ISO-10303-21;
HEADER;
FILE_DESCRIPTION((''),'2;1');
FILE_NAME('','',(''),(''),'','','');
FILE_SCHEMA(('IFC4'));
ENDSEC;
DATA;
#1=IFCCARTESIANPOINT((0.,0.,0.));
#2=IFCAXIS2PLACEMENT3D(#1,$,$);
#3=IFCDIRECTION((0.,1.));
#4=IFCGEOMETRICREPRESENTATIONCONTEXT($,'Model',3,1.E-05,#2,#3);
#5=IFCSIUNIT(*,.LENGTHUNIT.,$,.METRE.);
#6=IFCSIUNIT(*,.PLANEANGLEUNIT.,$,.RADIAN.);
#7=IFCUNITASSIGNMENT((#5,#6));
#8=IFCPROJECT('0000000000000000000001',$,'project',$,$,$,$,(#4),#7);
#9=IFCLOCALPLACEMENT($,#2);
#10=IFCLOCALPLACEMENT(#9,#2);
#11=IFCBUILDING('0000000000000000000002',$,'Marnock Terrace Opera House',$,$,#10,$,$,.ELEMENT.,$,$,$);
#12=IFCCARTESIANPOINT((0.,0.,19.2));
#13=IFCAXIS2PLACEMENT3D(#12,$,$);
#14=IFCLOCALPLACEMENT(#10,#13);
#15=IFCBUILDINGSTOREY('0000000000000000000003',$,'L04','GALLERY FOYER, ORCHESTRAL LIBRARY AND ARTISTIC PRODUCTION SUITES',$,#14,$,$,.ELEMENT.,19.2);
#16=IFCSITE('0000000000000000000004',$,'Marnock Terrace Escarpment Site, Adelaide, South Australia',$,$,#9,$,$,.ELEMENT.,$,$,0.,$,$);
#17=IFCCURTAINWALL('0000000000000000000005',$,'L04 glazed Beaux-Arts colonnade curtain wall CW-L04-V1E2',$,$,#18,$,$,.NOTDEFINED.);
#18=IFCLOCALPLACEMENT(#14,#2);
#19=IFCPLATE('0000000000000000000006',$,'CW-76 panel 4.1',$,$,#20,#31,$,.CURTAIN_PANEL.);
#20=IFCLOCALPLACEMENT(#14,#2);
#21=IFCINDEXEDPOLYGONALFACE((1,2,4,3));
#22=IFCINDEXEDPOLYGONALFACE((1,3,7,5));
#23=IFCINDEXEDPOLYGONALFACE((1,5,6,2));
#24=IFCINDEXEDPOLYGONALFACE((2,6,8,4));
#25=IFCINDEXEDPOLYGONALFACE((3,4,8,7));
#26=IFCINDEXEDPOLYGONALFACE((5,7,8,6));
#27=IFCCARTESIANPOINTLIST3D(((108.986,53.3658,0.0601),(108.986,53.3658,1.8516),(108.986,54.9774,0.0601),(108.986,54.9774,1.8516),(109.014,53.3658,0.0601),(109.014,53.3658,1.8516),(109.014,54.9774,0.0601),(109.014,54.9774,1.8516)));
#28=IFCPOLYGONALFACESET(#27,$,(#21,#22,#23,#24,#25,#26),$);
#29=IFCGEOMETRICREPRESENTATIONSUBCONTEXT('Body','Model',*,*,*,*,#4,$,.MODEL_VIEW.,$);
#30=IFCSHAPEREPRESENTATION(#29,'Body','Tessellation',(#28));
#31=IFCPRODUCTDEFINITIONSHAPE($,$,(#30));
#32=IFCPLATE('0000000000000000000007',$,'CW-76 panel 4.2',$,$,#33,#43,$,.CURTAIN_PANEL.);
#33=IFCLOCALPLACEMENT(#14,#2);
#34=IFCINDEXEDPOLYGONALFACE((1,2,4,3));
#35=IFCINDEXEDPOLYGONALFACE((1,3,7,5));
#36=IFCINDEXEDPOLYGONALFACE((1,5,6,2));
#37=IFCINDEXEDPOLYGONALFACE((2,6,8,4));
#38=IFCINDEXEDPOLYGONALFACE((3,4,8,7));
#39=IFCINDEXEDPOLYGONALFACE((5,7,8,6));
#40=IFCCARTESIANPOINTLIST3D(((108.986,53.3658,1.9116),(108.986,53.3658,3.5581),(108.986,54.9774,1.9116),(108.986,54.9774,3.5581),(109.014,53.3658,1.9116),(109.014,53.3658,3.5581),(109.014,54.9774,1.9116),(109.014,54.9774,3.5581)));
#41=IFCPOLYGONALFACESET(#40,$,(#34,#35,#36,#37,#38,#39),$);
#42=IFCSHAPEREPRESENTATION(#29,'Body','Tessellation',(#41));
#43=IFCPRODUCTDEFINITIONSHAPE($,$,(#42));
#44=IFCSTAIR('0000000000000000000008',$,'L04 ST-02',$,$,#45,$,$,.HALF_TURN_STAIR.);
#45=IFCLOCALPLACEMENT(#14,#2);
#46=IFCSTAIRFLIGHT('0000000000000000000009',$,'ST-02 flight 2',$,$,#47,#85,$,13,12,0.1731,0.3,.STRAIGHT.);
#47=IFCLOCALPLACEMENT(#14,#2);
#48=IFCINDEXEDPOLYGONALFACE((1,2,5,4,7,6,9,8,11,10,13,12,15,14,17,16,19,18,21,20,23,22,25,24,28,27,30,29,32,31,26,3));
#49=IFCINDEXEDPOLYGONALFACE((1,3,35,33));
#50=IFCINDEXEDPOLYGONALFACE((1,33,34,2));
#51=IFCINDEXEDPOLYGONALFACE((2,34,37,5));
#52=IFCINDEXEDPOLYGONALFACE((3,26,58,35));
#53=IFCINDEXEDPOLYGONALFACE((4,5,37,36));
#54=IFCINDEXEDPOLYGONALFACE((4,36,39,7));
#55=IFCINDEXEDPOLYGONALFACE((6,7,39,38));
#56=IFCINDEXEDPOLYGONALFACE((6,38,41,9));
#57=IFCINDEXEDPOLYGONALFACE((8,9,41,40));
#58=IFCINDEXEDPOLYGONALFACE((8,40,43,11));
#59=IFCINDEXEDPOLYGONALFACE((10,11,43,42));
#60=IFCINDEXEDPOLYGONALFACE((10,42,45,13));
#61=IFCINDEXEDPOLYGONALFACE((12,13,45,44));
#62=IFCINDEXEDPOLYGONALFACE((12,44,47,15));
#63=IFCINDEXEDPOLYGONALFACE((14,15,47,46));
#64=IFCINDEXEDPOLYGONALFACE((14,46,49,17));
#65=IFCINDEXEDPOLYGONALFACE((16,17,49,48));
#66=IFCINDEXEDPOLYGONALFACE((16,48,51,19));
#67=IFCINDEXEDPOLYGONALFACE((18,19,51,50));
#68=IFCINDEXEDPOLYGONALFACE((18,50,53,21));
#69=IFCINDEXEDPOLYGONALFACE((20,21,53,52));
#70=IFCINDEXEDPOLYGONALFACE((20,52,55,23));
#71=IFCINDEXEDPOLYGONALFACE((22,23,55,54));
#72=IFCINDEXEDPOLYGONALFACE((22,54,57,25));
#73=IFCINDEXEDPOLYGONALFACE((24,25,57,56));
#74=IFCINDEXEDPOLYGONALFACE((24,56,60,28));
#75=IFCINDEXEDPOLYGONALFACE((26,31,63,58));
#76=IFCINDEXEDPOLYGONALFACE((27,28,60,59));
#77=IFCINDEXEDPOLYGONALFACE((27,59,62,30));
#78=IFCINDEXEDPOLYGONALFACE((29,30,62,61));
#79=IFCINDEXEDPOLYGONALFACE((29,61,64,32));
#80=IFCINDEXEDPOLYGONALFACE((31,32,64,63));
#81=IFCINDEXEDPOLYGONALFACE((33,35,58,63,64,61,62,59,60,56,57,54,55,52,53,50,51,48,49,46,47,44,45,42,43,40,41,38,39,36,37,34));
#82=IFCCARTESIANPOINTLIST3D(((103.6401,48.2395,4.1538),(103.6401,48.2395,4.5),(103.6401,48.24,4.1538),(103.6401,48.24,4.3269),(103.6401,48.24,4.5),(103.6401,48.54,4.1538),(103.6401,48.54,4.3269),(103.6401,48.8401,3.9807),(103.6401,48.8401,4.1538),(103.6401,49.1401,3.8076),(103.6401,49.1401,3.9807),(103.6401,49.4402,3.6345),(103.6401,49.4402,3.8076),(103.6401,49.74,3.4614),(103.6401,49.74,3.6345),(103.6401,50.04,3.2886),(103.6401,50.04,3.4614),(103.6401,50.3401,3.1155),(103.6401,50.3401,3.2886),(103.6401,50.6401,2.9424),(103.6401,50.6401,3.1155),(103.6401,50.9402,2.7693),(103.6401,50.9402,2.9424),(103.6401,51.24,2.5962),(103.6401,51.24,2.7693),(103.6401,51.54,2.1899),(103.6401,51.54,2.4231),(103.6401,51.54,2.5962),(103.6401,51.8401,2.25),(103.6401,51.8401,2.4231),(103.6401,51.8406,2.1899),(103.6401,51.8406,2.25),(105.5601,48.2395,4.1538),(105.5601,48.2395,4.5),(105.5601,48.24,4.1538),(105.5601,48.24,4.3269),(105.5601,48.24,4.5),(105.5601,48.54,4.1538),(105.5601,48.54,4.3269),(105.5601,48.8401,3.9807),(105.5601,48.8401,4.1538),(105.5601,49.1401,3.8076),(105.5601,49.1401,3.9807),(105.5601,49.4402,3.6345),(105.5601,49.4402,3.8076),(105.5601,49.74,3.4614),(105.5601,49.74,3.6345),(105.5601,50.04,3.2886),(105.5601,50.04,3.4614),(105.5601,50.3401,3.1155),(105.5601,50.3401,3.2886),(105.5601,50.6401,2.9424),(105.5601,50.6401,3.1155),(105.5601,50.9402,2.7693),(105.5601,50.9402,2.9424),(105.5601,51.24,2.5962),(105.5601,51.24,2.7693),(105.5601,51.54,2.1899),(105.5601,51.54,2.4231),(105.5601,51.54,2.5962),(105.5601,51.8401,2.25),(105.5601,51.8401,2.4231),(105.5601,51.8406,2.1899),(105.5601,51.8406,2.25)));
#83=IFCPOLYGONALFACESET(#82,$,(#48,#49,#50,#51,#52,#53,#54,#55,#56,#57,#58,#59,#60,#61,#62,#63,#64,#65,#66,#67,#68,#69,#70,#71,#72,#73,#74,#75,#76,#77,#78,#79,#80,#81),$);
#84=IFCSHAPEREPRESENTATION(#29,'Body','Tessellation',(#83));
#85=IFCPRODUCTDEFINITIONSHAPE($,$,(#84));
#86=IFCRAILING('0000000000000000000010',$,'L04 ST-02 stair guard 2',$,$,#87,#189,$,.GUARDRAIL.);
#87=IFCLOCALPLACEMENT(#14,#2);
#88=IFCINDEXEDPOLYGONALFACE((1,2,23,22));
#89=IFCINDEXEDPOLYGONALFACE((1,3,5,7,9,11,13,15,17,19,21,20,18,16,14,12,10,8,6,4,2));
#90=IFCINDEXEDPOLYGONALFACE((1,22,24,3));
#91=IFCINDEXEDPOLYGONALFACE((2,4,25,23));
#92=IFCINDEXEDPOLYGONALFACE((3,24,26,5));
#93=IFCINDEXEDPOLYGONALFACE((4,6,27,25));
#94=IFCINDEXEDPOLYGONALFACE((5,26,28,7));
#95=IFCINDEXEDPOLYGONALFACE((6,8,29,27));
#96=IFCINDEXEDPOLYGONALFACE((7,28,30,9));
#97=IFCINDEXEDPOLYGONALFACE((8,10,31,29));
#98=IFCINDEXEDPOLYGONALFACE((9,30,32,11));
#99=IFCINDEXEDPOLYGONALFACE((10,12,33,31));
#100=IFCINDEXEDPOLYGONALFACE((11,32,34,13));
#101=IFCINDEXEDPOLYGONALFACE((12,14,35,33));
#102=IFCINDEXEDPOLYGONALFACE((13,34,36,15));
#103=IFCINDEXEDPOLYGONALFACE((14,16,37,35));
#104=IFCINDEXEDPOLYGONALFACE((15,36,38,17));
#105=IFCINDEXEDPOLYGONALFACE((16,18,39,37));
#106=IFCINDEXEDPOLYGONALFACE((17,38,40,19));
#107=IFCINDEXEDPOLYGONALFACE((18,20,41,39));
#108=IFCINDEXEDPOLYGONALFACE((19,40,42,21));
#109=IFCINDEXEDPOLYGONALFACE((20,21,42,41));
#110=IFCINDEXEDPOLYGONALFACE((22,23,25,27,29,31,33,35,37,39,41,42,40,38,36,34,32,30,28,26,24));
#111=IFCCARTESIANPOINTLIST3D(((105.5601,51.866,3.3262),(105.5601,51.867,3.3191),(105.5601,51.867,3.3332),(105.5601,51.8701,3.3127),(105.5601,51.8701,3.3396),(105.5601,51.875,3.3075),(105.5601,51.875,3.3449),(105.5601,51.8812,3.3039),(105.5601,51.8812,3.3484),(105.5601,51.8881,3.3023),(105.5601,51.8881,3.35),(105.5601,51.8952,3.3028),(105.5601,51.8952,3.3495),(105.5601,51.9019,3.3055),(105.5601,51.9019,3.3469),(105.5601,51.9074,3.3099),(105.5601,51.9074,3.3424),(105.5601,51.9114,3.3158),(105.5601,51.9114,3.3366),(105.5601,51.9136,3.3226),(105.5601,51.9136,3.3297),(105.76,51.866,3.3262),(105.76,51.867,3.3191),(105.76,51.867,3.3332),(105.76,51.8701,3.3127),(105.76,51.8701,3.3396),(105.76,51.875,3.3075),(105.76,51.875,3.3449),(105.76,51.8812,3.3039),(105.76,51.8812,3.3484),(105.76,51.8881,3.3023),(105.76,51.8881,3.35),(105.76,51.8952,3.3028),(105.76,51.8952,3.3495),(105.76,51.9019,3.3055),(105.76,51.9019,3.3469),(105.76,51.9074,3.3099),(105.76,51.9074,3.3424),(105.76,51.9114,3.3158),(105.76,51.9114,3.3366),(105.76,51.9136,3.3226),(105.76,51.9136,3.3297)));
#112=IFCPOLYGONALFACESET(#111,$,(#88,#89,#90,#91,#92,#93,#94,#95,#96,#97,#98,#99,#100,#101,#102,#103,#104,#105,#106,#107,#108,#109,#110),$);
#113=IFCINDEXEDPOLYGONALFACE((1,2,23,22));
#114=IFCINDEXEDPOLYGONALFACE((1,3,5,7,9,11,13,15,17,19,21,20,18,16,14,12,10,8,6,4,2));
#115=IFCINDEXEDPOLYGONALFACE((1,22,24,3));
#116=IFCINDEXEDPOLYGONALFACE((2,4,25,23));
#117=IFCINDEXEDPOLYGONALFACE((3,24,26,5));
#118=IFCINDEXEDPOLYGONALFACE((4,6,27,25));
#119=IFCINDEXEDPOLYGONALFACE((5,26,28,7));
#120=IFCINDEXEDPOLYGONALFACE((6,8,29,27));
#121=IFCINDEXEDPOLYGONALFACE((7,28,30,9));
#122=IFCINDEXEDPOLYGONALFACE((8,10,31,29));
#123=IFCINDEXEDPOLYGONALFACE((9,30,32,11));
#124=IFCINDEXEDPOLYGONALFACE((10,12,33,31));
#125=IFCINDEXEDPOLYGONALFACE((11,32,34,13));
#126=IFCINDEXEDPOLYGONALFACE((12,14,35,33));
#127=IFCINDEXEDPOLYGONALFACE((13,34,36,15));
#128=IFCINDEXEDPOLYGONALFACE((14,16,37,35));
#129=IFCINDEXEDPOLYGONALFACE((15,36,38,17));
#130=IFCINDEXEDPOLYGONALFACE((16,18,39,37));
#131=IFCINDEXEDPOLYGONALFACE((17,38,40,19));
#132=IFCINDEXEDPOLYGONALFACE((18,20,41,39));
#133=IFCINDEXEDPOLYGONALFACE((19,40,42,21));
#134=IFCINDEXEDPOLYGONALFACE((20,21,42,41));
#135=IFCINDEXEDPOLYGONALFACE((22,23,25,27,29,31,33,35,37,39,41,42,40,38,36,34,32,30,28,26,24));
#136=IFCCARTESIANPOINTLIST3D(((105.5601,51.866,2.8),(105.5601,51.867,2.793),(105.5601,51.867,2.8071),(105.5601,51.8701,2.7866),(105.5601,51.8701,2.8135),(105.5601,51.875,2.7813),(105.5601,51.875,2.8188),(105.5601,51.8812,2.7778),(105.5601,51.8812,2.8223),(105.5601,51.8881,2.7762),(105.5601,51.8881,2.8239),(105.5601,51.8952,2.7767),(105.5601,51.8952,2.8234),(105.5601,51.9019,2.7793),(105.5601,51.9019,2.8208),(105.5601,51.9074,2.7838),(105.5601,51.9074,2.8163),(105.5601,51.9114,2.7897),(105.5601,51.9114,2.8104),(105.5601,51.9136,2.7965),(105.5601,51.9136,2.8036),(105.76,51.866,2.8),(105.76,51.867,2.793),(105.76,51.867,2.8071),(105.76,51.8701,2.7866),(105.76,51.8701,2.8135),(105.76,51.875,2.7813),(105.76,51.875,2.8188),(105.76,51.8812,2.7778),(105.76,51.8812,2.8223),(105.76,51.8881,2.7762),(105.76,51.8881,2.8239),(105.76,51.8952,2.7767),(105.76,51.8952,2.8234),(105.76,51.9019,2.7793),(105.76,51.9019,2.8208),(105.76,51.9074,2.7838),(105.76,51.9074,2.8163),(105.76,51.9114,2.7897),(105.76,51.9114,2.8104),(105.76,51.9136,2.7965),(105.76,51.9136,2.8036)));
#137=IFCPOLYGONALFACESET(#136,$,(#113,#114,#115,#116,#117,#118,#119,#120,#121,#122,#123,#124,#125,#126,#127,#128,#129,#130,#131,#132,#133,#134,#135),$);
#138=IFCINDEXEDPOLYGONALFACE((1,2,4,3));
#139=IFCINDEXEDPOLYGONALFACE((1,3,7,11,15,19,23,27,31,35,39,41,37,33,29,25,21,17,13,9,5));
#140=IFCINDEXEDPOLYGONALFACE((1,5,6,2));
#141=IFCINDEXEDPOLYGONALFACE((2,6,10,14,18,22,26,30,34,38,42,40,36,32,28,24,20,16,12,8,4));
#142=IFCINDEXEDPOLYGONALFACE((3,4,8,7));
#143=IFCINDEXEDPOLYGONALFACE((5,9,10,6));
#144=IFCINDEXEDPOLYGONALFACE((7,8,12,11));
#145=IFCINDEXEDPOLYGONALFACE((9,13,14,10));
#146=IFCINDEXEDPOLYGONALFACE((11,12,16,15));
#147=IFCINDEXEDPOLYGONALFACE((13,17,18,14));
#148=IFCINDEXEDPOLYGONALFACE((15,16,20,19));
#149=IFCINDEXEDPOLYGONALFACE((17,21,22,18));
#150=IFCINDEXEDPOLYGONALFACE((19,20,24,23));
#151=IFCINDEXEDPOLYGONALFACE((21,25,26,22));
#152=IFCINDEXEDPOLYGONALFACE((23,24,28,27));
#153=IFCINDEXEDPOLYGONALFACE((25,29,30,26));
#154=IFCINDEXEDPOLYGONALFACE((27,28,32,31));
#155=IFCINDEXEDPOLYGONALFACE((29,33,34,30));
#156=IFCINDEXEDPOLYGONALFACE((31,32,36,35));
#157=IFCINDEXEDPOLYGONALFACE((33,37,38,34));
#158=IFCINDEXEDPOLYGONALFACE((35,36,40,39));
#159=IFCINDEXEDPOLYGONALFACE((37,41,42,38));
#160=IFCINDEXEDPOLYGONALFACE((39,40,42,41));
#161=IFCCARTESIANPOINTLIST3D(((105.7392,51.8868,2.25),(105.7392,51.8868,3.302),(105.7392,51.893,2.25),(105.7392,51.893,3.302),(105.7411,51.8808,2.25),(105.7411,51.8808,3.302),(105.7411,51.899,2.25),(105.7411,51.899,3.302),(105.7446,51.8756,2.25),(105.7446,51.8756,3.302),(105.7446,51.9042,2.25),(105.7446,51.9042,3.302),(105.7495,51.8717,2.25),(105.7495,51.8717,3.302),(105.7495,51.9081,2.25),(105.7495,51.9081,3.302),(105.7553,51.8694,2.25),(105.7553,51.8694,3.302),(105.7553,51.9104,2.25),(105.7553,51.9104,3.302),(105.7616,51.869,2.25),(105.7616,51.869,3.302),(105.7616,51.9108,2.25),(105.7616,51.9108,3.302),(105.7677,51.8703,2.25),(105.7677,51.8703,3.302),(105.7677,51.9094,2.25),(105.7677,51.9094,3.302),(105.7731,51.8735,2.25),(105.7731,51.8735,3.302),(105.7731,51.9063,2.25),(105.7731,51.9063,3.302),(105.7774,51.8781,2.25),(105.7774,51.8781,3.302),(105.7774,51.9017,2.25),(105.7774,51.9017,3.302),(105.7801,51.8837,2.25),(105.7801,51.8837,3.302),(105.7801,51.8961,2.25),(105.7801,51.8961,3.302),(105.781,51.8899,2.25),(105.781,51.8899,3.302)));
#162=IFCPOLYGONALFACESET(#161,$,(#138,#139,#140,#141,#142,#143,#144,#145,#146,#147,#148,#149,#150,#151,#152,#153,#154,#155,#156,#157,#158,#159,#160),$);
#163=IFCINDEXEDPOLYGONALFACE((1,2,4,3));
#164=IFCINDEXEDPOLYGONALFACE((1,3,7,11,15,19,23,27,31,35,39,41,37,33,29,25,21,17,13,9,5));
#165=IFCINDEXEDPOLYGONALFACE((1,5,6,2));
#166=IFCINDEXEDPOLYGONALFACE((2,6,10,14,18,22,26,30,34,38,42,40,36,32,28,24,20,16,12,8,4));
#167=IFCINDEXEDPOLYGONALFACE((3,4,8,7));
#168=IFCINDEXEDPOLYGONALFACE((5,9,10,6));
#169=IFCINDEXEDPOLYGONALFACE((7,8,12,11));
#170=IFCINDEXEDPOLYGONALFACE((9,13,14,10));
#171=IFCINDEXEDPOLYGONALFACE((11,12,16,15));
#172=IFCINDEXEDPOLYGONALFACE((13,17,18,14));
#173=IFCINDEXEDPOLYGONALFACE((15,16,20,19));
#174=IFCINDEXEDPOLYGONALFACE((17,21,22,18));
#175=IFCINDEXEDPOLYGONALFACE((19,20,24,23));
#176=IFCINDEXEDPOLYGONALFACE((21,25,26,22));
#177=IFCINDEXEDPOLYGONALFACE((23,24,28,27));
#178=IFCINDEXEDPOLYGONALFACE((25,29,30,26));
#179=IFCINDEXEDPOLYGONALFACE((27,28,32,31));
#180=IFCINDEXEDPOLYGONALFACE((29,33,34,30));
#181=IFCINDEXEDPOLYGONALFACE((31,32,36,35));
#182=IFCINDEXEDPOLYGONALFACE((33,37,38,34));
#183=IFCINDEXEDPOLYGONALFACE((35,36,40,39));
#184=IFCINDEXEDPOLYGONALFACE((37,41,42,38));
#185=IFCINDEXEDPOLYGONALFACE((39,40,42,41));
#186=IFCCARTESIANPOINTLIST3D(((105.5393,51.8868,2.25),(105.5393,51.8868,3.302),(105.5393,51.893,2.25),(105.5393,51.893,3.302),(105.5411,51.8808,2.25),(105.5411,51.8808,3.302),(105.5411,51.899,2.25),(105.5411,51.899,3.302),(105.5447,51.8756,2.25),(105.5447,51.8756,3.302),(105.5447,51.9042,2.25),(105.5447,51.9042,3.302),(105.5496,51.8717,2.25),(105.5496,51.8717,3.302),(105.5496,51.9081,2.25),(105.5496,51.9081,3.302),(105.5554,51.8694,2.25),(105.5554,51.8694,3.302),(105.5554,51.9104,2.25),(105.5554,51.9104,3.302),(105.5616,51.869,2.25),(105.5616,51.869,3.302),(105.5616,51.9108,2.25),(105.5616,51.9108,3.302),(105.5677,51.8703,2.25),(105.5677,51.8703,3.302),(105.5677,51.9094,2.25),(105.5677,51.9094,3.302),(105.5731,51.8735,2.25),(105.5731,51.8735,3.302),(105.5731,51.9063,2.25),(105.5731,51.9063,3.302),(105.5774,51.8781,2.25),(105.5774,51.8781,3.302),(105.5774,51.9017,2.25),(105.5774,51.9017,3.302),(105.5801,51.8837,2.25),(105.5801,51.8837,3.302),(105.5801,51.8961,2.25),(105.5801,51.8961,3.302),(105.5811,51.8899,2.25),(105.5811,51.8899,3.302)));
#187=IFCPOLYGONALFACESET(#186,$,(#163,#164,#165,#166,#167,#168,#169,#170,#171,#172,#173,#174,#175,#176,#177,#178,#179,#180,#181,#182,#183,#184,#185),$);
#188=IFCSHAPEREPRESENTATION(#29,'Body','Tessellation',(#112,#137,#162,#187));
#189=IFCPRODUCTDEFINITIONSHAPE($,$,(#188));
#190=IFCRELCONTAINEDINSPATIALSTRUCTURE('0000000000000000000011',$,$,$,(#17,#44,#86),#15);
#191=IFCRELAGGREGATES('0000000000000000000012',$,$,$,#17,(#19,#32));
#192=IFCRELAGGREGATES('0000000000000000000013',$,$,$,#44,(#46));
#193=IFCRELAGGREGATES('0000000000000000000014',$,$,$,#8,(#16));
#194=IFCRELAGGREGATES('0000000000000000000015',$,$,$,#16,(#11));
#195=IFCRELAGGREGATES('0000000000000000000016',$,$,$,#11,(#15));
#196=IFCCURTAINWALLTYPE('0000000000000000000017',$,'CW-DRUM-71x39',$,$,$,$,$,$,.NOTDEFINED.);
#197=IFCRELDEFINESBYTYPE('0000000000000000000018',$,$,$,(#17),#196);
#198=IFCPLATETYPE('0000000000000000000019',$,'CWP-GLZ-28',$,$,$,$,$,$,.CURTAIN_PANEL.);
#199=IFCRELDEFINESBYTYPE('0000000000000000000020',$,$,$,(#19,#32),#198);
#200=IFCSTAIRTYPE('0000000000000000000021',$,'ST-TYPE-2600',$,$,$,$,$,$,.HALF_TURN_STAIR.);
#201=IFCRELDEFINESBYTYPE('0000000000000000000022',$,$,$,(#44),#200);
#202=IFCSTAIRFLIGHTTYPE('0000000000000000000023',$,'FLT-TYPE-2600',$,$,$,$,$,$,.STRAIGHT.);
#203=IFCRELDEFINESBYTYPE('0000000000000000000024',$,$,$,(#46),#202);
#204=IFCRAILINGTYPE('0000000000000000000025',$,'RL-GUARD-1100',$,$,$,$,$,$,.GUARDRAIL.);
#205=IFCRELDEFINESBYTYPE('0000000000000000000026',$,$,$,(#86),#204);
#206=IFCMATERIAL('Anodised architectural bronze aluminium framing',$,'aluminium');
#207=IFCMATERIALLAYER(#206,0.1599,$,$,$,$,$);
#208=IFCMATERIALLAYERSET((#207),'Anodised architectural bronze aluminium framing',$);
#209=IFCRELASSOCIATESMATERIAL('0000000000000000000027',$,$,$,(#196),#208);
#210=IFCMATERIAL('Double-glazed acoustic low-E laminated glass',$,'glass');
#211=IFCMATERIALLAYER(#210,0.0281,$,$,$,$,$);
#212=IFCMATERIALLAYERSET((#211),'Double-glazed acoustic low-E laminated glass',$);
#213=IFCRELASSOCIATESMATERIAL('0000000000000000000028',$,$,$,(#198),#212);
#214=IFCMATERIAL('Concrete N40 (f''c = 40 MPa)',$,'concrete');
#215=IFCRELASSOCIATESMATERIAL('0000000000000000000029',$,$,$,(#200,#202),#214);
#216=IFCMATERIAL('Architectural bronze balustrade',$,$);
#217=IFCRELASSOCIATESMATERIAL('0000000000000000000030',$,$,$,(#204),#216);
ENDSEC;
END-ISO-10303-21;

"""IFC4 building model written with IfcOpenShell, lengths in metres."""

from ifc_helpers import new_model, si_unit, direction, frame, origin, origin_2d, place, context, subcontext, project, spatial, polyline, rectangle, circle, outline, extrude, material, layer, layer_set, type_object, element, aggregate, save


model = new_model("IFC4")

# Units and contexts
model_context = context("Model", 3, precision=1e-05, world=origin(), true_north=direction((0.0, 1.0)))
body_context = subcontext(model_context, "Body", "Model", "MODEL_VIEW")
ifc_project = project(units=[si_unit("LENGTHUNIT", "METRE"), si_unit("PLANEANGLEUNIT", "RADIAN")], contexts=[model_context])

# Site, building, storey
site_placement = place(None, origin())
site = spatial("IfcSite", under=ifc_project, at=site_placement, Name="Marnock Terrace Escarpment Site, Adelaide, South Australia", CompositionType="ELEMENT", RefElevation=0.0)
building_placement = place(site_placement, origin())
building = spatial("IfcBuilding", under=site, at=building_placement, Name="Marnock Terrace Opera House", CompositionType="ELEMENT")
storey_placement = place(building_placement, frame((0.0, 0.0, 19.2)))
storey = spatial("IfcBuildingStorey", under=building, at=storey_placement, Name="L04", Description="GALLERY FOYER, ORCHESTRAL LIBRARY AND ARTISTIC PRODUCTION SUITES", CompositionType="ELEMENT", Elevation=19.2)

# Curtain wall, plates
ifc_material_1 = material(Name="Anodised architectural bronze aluminium framing", Category="aluminium")
ifc_layer_1 = layer(ifc_material_1, 0.1599)
ifc_layer_set_1 = layer_set([ifc_layer_1], Name="Anodised architectural bronze aluminium framing")
curtain_wall_type = type_object("IfcCurtainWallType", Name="CW-DRUM-71x39", PredefinedType="NOTDEFINED", material=ifc_layer_set_1)
curtain_wall_placement = place(storey_placement, origin())
curtain_wall = element("IfcCurtainWall", 1, at=curtain_wall_placement, inside=storey, type_object=curtain_wall_type, Name="L04 glazed Beaux-Arts colonnade curtain wall CW-L04-V1E2", PredefinedType="NOTDEFINED")
ifc_material_2 = material(Name="Double-glazed acoustic low-E laminated glass", Category="glass")
ifc_layer_2 = layer(ifc_material_2, 0.0281)
ifc_layer_set_2 = layer_set([ifc_layer_2], Name="Double-glazed acoustic low-E laminated glass")
plate_type = type_object("IfcPlateType", Name="CWP-GLZ-28", PredefinedType="CURTAIN_PANEL", material=ifc_layer_set_2)
plate_1_placement = place(storey_placement, frame((109.0, 54.1716, 0.0601), z_axis=(0.0, 0.0, 1.0), x_axis=(0.0, 1.0, 0.0)))
plate_1 = element("IfcPlate", 2, at=plate_1_placement, type_object=plate_type, Name="CW-76 panel 4.1", PredefinedType="CURTAIN_PANEL", context=body_context, shape_type="SweptSolid", body=[
    extrude(rectangle(XDim=1.6116, YDim=0.0281, at=origin_2d()), origin(), (0.0, 0.0, 1.0), 1.7915),
])
plate_2_placement = place(storey_placement, frame((109.0, 54.1716, 1.9116), z_axis=(0.0, 0.0, 1.0), x_axis=(0.0, 1.0, 0.0)))
plate_2 = element("IfcPlate", 3, at=plate_2_placement, type_object=plate_type, Name="CW-76 panel 4.2", PredefinedType="CURTAIN_PANEL", context=body_context, shape_type="SweptSolid", body=[
    extrude(rectangle(XDim=1.6116, YDim=0.0281, at=origin_2d()), origin(), (0.0, 0.0, 1.0), 1.6465),
])
aggregate(curtain_wall, [plate_1, plate_2])

# Stair, stair flight
ifc_material_3 = material(Name="Concrete N40 (f'c = 40 MPa)", Category="concrete")
stair_type = type_object("IfcStairType", Name="ST-TYPE-2600", PredefinedType="HALF_TURN_STAIR", material=ifc_material_3)
stair_placement = place(storey_placement, origin())
stair = element("IfcStair", 4, at=stair_placement, inside=storey, type_object=stair_type, Name="L04 ST-02", PredefinedType="HALF_TURN_STAIR")
stair_flight_type = type_object("IfcStairFlightType", Name="FLT-TYPE-2600", PredefinedType="STRAIGHT", material=ifc_material_3)
stair_flight_placement = place(storey_placement, frame((104.6001, 51.8401, 2.25), z_axis=(0.0, 0.0, 1.0), x_axis=(0.0, -1.0, 0.0)))
stair_flight = element("IfcStairFlight", 5, at=stair_flight_placement, type_object=stair_flight_type, Name="ST-02 flight 2", NumberOfRisers=13, NumberOfTreads=12, PredefinedType="STRAIGHT", RiserHeight=0.1731, TreadLength=0.3, context=body_context, shape_type="SweptSolid", body=[
    extrude(outline(polyline([(-0.0005, -0.0601), (-0.0005, 0.0), (0.0, 0.0), (0.0, 0.1731), (0.3, 0.1731), (0.3, 0.3462), (0.6001, 0.3462), (0.6001, 0.5193), (0.8999, 0.5193), (0.8999, 0.6924), (1.2, 0.6924), (1.2, 0.8655), (1.5, 0.8655), (1.5, 1.0386), (1.8, 1.0386), (1.8, 1.2114), (2.1001, 1.2114), (2.1001, 1.3845), (2.3999, 1.3845), (2.3999, 1.5576), (2.7, 1.5576), (2.7, 1.7307), (3.0, 1.7307), (3.0, 1.9038), (3.3, 1.9038), (3.3, 2.0769), (3.6001, 2.0769), (3.6001, 2.25), (3.6006, 2.25), (3.6006, 1.9038), (3.6001, 1.9038), (0.3, -0.0601), (-0.0005, -0.0601)])), frame((0.0, 0.96, 0.0), z_axis=(0.0, -1.0, 0.0), x_axis=(1.0, 0.0, 0.0)), (0.0, 0.0, 1.0), 1.9199),
])
aggregate(stair, [stair_flight])

# Railing
ifc_material_4 = material(Name="Architectural bronze balustrade")
railing_type_1 = type_object("IfcRailingType", Name="RL-GUARD-1100", PredefinedType="GUARDRAIL", material=ifc_material_4)
railing_1_placement = place(storey_placement, frame((105.76, 51.8899, 2.25)))
element("IfcRailing", 6, at=railing_1_placement, inside=storey, type_object=railing_type_1, Name="L04 ST-02 stair guard 2", PredefinedType="GUARDRAIL", context=body_context, shape_type="SweptSolid", body=[
    extrude(circle(Radius=0.0239, at=origin_2d()), frame((0.0, 0.0, 1.0762), z_axis=(-1.0, 0.0, 0.0), x_axis=(0.0, -1.0, 0.0)), (0.0, 0.0, 1.0), 0.2),
    extrude(circle(Radius=0.0239, at=origin_2d()), frame((0.0, 0.0, 0.55), z_axis=(-1.0, 0.0, 0.0), x_axis=(0.0, -1.0, 0.0)), (0.0, 0.0, 1.0), 0.2),
    extrude(circle(Radius=0.021, at=origin_2d()), origin(), (0.0, 0.0, 1.0), 1.052),
    extrude(circle(Radius=0.021, at=origin_2d()), frame((-0.2, 0.0, 0.0)), (0.0, 0.0, 1.0), 1.052),
])

save(model, "model.ifc")
